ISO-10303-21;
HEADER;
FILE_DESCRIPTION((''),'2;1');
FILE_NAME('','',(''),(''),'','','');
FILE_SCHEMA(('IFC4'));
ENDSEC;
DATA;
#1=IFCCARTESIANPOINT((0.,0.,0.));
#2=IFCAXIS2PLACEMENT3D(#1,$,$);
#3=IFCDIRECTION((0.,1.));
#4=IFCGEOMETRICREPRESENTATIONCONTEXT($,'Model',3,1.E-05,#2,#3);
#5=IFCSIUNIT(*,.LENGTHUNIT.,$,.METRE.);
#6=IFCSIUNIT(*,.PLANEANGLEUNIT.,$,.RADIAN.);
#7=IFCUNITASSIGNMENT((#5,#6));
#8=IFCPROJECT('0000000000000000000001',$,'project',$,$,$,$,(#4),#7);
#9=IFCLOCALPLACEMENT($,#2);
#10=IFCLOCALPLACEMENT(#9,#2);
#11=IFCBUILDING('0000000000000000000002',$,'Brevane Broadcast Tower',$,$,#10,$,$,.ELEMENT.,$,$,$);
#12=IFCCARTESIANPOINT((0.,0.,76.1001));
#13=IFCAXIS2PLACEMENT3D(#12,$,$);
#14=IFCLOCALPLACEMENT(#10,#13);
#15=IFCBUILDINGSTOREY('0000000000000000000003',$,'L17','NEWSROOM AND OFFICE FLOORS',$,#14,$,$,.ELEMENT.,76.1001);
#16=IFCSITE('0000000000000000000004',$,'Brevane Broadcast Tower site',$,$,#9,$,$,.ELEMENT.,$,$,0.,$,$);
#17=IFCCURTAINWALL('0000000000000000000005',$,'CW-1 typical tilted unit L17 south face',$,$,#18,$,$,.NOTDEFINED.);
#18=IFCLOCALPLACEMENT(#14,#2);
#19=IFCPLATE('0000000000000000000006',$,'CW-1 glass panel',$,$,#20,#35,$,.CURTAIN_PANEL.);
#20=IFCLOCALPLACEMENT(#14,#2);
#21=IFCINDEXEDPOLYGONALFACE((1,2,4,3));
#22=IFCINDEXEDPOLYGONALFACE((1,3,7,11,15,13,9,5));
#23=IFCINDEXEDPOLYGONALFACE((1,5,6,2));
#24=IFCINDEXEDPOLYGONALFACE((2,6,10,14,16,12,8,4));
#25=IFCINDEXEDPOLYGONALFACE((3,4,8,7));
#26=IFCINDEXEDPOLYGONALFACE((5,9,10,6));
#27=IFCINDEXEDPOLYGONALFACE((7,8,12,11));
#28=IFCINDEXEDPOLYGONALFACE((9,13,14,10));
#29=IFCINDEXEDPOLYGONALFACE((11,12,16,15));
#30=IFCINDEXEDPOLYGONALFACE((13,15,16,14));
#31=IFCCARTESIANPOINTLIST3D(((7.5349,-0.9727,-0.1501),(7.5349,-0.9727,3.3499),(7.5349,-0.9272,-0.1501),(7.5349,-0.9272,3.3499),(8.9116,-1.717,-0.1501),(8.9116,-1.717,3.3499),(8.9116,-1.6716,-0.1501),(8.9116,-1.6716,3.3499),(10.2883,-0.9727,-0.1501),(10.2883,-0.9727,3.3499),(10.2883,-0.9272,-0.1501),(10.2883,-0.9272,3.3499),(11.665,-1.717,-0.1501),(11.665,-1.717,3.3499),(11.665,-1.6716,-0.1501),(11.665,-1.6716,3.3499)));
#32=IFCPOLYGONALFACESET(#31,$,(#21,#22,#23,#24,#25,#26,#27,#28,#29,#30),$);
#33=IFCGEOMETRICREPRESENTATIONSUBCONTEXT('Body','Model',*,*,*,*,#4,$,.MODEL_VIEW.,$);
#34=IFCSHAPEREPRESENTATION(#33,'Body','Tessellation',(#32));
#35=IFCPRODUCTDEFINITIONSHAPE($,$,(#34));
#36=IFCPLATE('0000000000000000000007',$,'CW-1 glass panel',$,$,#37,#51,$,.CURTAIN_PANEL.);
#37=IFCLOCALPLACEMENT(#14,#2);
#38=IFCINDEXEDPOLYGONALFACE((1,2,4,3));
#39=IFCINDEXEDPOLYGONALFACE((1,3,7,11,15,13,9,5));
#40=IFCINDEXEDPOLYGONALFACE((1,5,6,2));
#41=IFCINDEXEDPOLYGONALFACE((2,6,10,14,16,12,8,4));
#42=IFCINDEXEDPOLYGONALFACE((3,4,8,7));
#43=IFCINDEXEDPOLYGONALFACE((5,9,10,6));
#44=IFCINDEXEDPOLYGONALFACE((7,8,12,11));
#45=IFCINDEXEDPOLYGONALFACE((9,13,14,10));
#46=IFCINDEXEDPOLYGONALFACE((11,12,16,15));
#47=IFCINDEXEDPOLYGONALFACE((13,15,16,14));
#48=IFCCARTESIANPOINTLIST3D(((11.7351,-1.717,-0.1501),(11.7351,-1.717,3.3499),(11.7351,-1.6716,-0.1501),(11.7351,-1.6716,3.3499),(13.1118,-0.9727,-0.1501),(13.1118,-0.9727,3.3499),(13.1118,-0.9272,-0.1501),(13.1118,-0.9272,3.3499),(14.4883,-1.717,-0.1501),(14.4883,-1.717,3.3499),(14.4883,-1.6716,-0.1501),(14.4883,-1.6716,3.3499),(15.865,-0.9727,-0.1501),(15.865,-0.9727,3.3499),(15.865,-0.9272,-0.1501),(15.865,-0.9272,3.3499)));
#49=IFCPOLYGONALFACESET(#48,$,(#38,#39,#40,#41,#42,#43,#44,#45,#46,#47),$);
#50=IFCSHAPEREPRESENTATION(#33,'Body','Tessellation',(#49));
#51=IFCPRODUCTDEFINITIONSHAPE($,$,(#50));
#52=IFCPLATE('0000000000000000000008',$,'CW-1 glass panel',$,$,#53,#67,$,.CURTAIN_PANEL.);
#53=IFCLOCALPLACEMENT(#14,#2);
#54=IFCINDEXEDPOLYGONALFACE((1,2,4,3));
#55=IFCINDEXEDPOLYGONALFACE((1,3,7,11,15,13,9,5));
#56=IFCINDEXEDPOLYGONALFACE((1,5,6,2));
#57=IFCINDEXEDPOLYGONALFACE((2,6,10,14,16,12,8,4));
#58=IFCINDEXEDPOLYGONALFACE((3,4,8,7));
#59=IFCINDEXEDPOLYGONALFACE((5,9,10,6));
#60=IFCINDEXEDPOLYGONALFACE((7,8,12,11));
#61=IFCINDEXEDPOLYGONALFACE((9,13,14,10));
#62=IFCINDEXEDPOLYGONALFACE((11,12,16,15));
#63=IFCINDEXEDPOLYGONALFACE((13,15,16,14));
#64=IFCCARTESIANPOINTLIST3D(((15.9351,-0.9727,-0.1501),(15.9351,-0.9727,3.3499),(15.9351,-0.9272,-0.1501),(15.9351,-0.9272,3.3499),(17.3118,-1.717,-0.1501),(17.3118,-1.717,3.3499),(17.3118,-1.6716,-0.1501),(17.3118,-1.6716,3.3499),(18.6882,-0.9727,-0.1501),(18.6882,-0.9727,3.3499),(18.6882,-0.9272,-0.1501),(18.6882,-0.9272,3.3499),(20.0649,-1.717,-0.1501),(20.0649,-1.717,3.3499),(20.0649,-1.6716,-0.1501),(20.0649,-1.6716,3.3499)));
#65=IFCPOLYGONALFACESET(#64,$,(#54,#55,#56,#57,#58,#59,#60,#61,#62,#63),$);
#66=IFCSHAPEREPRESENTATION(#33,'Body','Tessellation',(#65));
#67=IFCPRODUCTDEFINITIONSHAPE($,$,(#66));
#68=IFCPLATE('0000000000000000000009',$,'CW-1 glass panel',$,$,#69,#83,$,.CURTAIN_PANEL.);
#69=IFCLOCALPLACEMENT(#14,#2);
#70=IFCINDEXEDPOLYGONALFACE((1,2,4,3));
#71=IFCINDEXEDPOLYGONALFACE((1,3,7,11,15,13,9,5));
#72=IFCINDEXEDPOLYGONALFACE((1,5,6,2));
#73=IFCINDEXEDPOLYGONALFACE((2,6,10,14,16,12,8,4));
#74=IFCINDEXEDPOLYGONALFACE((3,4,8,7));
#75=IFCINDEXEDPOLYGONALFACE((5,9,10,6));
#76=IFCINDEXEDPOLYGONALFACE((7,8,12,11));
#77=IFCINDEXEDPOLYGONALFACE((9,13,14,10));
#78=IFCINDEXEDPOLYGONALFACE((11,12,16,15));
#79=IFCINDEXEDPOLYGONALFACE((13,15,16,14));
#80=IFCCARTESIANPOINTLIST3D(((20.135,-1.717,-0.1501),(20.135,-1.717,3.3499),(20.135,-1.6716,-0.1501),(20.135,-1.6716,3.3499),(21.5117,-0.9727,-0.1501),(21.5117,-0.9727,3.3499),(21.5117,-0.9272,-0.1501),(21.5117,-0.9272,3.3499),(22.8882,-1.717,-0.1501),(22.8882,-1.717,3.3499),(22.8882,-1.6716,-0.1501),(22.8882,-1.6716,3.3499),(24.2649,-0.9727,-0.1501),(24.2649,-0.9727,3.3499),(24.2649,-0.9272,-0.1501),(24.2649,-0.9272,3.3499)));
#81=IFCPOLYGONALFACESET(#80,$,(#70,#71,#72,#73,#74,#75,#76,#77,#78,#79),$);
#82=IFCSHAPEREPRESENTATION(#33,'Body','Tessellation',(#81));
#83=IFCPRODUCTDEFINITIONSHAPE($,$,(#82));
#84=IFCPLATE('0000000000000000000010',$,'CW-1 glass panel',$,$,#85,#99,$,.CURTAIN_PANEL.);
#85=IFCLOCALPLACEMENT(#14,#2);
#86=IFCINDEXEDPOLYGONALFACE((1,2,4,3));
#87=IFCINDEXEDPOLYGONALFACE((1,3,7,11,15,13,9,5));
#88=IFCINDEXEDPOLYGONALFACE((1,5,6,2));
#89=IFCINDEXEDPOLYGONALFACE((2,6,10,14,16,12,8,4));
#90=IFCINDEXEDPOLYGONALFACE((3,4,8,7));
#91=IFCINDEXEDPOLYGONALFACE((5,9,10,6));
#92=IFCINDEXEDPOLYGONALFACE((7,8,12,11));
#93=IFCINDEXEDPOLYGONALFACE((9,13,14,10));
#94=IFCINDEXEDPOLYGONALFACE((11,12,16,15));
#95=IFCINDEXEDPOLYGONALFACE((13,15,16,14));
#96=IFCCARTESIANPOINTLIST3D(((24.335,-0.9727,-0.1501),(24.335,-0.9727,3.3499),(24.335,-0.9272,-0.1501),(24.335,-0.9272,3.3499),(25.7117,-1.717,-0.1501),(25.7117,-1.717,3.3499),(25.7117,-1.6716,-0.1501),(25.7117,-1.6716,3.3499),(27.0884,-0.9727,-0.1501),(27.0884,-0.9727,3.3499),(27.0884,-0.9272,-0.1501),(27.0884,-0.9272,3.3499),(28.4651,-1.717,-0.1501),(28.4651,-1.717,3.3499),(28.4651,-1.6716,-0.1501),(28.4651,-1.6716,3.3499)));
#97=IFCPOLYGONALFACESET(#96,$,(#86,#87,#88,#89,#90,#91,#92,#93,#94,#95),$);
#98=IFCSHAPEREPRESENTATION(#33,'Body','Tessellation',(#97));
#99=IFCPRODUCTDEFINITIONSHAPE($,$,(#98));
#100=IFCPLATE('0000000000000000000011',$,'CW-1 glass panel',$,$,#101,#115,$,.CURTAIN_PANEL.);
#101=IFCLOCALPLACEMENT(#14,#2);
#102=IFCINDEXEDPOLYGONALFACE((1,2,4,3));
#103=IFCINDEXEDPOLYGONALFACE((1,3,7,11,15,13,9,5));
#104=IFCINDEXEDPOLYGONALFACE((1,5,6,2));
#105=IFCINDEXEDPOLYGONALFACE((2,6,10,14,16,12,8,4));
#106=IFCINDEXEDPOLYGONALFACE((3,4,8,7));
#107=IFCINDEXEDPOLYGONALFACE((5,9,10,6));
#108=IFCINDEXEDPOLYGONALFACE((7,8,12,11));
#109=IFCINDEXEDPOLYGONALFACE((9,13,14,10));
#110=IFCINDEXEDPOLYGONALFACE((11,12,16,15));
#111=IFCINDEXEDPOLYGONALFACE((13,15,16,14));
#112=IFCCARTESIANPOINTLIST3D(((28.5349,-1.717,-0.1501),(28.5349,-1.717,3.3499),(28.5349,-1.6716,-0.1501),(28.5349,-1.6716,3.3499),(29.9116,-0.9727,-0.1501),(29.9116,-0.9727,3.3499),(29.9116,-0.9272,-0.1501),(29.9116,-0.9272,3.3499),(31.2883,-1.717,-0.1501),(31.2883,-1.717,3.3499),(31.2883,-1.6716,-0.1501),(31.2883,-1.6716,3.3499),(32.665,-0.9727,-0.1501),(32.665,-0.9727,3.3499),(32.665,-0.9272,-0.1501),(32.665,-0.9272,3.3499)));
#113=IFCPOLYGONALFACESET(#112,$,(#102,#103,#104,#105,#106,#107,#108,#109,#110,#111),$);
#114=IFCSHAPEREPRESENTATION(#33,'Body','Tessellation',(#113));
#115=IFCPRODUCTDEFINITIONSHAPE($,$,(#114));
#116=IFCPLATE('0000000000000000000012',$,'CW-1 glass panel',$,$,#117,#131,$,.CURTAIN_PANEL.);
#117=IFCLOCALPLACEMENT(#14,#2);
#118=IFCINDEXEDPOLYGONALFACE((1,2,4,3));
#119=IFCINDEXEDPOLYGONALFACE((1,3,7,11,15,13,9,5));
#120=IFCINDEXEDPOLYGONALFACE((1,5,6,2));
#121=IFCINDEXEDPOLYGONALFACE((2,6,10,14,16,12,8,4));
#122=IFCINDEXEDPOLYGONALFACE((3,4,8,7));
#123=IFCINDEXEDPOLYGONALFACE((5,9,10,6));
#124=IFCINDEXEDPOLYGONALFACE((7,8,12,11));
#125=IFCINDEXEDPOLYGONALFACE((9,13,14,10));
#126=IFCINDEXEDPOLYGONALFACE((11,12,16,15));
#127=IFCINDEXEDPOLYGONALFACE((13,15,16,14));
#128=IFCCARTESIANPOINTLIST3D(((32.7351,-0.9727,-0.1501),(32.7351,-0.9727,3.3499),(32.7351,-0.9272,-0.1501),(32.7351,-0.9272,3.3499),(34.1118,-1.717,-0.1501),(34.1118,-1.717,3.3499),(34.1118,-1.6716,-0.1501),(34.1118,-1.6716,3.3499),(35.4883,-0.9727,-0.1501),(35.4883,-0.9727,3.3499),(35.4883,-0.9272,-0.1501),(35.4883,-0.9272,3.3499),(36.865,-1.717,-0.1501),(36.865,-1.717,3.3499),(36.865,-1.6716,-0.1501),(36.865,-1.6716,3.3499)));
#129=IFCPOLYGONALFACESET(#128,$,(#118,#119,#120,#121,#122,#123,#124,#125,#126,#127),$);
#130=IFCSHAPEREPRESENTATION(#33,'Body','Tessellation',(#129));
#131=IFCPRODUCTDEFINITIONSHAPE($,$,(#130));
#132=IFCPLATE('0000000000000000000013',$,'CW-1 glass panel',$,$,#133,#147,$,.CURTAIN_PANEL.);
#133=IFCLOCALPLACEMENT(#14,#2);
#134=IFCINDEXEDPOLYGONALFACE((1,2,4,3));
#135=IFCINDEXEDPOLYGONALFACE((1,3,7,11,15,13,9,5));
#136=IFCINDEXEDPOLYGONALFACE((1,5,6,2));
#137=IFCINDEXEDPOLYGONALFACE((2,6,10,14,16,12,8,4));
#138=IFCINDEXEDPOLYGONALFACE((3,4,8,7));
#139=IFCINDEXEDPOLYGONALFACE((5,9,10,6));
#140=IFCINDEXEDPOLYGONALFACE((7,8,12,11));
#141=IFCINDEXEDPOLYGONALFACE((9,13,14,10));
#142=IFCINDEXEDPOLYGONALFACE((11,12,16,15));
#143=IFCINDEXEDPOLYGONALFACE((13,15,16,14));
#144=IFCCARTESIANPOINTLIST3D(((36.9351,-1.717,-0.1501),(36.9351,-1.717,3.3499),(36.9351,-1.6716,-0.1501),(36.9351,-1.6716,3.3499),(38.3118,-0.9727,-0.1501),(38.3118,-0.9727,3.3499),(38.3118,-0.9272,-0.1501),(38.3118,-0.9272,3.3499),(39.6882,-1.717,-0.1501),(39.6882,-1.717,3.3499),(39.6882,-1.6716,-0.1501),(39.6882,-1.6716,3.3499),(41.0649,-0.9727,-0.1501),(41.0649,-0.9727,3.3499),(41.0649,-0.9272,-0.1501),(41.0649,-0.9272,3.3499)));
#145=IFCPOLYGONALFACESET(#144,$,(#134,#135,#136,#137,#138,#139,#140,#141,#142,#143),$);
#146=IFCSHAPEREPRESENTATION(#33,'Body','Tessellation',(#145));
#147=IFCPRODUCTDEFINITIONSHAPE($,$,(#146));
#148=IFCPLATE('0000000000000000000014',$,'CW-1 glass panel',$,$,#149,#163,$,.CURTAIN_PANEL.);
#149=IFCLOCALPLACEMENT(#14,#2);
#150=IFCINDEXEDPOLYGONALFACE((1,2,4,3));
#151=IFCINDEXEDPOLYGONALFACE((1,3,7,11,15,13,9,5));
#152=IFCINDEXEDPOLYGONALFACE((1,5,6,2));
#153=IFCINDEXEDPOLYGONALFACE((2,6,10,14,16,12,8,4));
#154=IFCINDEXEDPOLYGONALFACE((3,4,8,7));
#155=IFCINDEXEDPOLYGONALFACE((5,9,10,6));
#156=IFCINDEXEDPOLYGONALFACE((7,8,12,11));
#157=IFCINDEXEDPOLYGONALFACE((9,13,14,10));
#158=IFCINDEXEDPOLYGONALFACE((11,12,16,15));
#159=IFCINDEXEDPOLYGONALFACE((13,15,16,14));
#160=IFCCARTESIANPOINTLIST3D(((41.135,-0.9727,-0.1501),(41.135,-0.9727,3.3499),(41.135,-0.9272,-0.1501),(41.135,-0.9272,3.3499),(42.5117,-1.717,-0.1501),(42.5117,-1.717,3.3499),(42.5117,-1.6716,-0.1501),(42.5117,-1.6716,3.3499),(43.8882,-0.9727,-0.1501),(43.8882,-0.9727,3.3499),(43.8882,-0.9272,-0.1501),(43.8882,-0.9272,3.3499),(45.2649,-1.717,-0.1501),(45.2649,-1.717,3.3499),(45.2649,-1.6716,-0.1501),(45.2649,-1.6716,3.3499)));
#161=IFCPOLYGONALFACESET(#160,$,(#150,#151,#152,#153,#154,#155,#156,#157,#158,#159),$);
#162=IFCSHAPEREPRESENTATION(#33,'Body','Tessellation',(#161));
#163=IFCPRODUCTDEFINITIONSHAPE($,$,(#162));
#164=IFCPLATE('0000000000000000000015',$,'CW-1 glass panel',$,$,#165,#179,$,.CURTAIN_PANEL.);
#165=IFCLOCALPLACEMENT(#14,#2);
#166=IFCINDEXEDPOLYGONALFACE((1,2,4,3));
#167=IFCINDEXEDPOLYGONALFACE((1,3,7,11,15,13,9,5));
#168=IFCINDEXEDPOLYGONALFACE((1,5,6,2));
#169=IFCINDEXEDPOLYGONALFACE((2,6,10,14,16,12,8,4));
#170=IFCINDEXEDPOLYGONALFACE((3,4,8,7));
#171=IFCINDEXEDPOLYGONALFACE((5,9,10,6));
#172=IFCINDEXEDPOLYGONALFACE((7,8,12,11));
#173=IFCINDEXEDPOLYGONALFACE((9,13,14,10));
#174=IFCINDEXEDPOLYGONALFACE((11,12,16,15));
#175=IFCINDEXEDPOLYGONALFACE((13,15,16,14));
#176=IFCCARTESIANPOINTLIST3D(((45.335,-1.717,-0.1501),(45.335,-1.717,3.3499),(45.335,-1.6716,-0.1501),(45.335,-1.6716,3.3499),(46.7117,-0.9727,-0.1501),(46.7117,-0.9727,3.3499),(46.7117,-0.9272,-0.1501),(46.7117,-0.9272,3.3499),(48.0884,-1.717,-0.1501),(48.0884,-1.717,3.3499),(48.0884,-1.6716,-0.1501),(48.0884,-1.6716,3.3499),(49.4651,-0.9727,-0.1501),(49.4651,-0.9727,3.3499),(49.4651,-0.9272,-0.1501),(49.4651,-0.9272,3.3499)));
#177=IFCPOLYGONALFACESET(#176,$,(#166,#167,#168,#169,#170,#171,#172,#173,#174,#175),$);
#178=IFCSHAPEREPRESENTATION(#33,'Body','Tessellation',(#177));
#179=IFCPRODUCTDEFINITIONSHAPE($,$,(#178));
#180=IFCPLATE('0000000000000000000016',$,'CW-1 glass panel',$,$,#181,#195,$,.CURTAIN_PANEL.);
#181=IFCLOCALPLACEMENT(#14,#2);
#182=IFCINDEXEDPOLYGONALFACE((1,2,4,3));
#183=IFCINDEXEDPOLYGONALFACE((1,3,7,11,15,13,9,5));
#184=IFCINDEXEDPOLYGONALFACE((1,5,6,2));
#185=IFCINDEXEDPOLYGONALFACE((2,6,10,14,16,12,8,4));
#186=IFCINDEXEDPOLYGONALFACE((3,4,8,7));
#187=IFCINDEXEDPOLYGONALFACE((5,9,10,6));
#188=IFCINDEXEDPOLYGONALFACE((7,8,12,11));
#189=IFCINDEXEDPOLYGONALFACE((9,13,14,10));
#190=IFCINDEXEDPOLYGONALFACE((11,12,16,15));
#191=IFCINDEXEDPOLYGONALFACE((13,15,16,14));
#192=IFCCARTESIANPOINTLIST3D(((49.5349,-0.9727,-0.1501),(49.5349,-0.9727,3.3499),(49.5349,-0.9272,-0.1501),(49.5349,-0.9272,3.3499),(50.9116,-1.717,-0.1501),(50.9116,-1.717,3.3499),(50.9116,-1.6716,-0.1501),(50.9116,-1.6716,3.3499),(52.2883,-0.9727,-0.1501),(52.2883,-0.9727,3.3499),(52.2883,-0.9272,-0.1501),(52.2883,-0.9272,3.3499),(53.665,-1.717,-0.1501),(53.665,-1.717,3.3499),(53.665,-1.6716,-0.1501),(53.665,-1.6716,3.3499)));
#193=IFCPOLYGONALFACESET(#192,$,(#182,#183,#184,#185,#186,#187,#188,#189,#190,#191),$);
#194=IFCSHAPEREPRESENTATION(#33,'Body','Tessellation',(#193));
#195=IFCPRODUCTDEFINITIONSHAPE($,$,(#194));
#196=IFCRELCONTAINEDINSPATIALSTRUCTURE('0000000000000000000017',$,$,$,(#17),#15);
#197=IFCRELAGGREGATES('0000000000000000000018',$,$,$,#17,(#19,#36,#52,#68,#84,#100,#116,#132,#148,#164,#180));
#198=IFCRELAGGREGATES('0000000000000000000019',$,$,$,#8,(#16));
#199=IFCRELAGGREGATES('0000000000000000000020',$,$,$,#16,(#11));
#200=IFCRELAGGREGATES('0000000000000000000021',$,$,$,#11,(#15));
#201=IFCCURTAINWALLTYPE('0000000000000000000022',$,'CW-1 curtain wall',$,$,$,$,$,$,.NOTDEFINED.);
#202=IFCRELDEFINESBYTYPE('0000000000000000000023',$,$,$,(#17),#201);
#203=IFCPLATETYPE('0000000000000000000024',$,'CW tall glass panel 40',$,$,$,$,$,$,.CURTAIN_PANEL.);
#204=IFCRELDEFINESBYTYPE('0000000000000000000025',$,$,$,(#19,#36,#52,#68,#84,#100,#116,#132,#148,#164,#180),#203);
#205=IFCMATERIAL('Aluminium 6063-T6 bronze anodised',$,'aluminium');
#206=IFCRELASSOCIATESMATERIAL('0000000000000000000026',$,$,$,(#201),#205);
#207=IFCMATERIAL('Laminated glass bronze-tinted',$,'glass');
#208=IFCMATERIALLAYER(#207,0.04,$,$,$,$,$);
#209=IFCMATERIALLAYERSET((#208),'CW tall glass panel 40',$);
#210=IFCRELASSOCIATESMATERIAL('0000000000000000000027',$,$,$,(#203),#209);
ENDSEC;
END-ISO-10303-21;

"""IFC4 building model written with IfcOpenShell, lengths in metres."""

from ifc_helpers import new_model, si_unit, direction, frame, origin, place, context, subcontext, project, spatial, polyline, outline, extrude, material, layer, layer_set, type_object, element, aggregate, save


model = new_model("IFC4")

# Units and contexts
model_context = context("Model", 3, precision=1e-05, world=origin(), true_north=direction((0.0, 1.0)))
body_context = subcontext(model_context, "Body", "Model", "MODEL_VIEW")
ifc_project = project(units=[si_unit("LENGTHUNIT", "METRE"), si_unit("PLANEANGLEUNIT", "RADIAN")], contexts=[model_context])

# Site, building, storey
site_placement = place(None, origin())
site = spatial("IfcSite", under=ifc_project, at=site_placement, Name="Brevane Broadcast Tower site", CompositionType="ELEMENT", RefElevation=0.0)
building_placement = place(site_placement, origin())
building = spatial("IfcBuilding", under=site, at=building_placement, Name="Brevane Broadcast Tower", CompositionType="ELEMENT")
storey_placement = place(building_placement, frame((0.0, 0.0, 76.1001)))
storey = spatial("IfcBuildingStorey", under=building, at=storey_placement, Name="L17", Description="NEWSROOM AND OFFICE FLOORS", CompositionType="ELEMENT", Elevation=76.1001)

# Curtain wall, plates
ifc_material_1 = material(Name="Aluminium 6063-T6 bronze anodised", Category="aluminium")
curtain_wall_type = type_object("IfcCurtainWallType", Name="CW-1 curtain wall", PredefinedType="NOTDEFINED", material=ifc_material_1)
curtain_wall_1_placement = place(storey_placement, origin())
curtain_wall_1 = element("IfcCurtainWall", 1, at=curtain_wall_1_placement, inside=storey, type_object=curtain_wall_type, Name="CW-1 typical tilted unit L17 south face", PredefinedType="NOTDEFINED")
ifc_material_2 = material(Name="Laminated glass bronze-tinted", Category="glass")
ifc_layer = layer(ifc_material_2, 0.04)
ifc_layer_set = layer_set([ifc_layer], Name="CW tall glass panel 40")
plate_type = type_object("IfcPlateType", Name="CW tall glass panel 40", PredefinedType="CURTAIN_PANEL", material=ifc_layer_set)
plate_1_placement = place(storey_placement, frame((0.0, 0.0, -0.1501)))
plate_1 = element("IfcPlate", 2, at=plate_1_placement, type_object=plate_type, Name="CW-1 glass panel", PredefinedType="CURTAIN_PANEL", context=body_context, shape_type="SweptSolid", body=[
    extrude(outline(polyline([(7.5349, -0.9272), (7.5349, -0.9727), (8.9116, -1.717), (10.2883, -0.9727), (11.665, -1.717), (11.665, -1.6716), (10.2883, -0.9272), (8.9116, -1.6716), (7.5349, -0.9272)])), origin(), (0.0, 0.0, 1.0), 3.5),
])
plate_2_placement = place(storey_placement, frame((0.0, 0.0, -0.1501)))
plate_2 = element("IfcPlate", 3, at=plate_2_placement, type_object=plate_type, Name="CW-1 glass panel", PredefinedType="CURTAIN_PANEL", context=body_context, shape_type="SweptSolid", body=[
    extrude(outline(polyline([(11.7351, -1.6716), (11.7351, -1.717), (13.1118, -0.9727), (14.4883, -1.717), (15.865, -0.9727), (15.865, -0.9272), (14.4883, -1.6716), (13.1118, -0.9272), (11.7351, -1.6716)])), origin(), (0.0, 0.0, 1.0), 3.5),
])
plate_3_placement = place(storey_placement, frame((0.0, 0.0, -0.1501)))
plate_3 = element("IfcPlate", 4, at=plate_3_placement, type_object=plate_type, Name="CW-1 glass panel", PredefinedType="CURTAIN_PANEL", context=body_context, shape_type="SweptSolid", body=[
    extrude(outline(polyline([(15.9351, -0.9272), (15.9351, -0.9727), (17.3118, -1.717), (18.6882, -0.9727), (20.0649, -1.717), (20.0649, -1.6716), (18.6882, -0.9272), (17.3118, -1.6716), (15.9351, -0.9272)])), origin(), (0.0, 0.0, 1.0), 3.5),
])
plate_4_placement = place(storey_placement, frame((0.0, 0.0, -0.1501)))
plate_4 = element("IfcPlate", 5, at=plate_4_placement, type_object=plate_type, Name="CW-1 glass panel", PredefinedType="CURTAIN_PANEL", context=body_context, shape_type="SweptSolid", body=[
    extrude(outline(polyline([(20.135, -1.6716), (20.135, -1.717), (21.5117, -0.9727), (22.8882, -1.717), (24.2649, -0.9727), (24.2649, -0.9272), (22.8882, -1.6716), (21.5117, -0.9272), (20.135, -1.6716)])), origin(), (0.0, 0.0, 1.0), 3.5),
])
plate_5_placement = place(storey_placement, frame((0.0, 0.0, -0.1501)))
plate_5 = element("IfcPlate", 6, at=plate_5_placement, type_object=plate_type, Name="CW-1 glass panel", PredefinedType="CURTAIN_PANEL", context=body_context, shape_type="SweptSolid", body=[
    extrude(outline(polyline([(24.335, -0.9272), (24.335, -0.9727), (25.7117, -1.717), (27.0884, -0.9727), (28.4651, -1.717), (28.4651, -1.6716), (27.0884, -0.9272), (25.7117, -1.6716), (24.335, -0.9272)])), origin(), (0.0, 0.0, 1.0), 3.5),
])
plate_6_placement = place(storey_placement, frame((0.0, 0.0, -0.1501)))
plate_6 = element("IfcPlate", 7, at=plate_6_placement, type_object=plate_type, Name="CW-1 glass panel", PredefinedType="CURTAIN_PANEL", context=body_context, shape_type="SweptSolid", body=[
    extrude(outline(polyline([(28.5349, -1.6716), (28.5349, -1.717), (29.9116, -0.9727), (31.2883, -1.717), (32.665, -0.9727), (32.665, -0.9272), (31.2883, -1.6716), (29.9116, -0.9272), (28.5349, -1.6716)])), origin(), (0.0, 0.0, 1.0), 3.5),
])
plate_7_placement = place(storey_placement, frame((0.0, 0.0, -0.1501)))
plate_7 = element("IfcPlate", 8, at=plate_7_placement, type_object=plate_type, Name="CW-1 glass panel", PredefinedType="CURTAIN_PANEL", context=body_context, shape_type="SweptSolid", body=[
    extrude(outline(polyline([(32.7351, -0.9272), (32.7351, -0.9727), (34.1118, -1.717), (35.4883, -0.9727), (36.865, -1.717), (36.865, -1.6716), (35.4883, -0.9272), (34.1118, -1.6716), (32.7351, -0.9272)])), origin(), (0.0, 0.0, 1.0), 3.5),
])
plate_8_placement = place(storey_placement, frame((0.0, 0.0, -0.1501)))
plate_8 = element("IfcPlate", 9, at=plate_8_placement, type_object=plate_type, Name="CW-1 glass panel", PredefinedType="CURTAIN_PANEL", context=body_context, shape_type="SweptSolid", body=[
    extrude(outline(polyline([(36.9351, -1.6716), (36.9351, -1.717), (38.3118, -0.9727), (39.6882, -1.717), (41.0649, -0.9727), (41.0649, -0.9272), (39.6882, -1.6716), (38.3118, -0.9272), (36.9351, -1.6716)])), origin(), (0.0, 0.0, 1.0), 3.5),
])
plate_9_placement = place(storey_placement, frame((0.0, 0.0, -0.1501)))
plate_9 = element("IfcPlate", 10, at=plate_9_placement, type_object=plate_type, Name="CW-1 glass panel", PredefinedType="CURTAIN_PANEL", context=body_context, shape_type="SweptSolid", body=[
    extrude(outline(polyline([(41.135, -0.9272), (41.135, -0.9727), (42.5117, -1.717), (43.8882, -0.9727), (45.2649, -1.717), (45.2649, -1.6716), (43.8882, -0.9272), (42.5117, -1.6716), (41.135, -0.9272)])), origin(), (0.0, 0.0, 1.0), 3.5),
])
plate_10_placement = place(storey_placement, frame((0.0, 0.0, -0.1501)))
plate_10 = element("IfcPlate", 11, at=plate_10_placement, type_object=plate_type, Name="CW-1 glass panel", PredefinedType="CURTAIN_PANEL", context=body_context, shape_type="SweptSolid", body=[
    extrude(outline(polyline([(45.335, -1.6716), (45.335, -1.717), (46.7117, -0.9727), (48.0884, -1.717), (49.4651, -0.9727), (49.4651, -0.9272), (48.0884, -1.6716), (46.7117, -0.9272), (45.335, -1.6716)])), origin(), (0.0, 0.0, 1.0), 3.5),
])
plate_11_placement = place(storey_placement, frame((0.0, 0.0, -0.1501)))
plate_11 = element("IfcPlate", 12, at=plate_11_placement, type_object=plate_type, Name="CW-1 glass panel", PredefinedType="CURTAIN_PANEL", context=body_context, shape_type="SweptSolid", body=[
    extrude(outline(polyline([(49.5349, -0.9272), (49.5349, -0.9727), (50.9116, -1.717), (52.2883, -0.9727), (53.665, -1.717), (53.665, -1.6716), (52.2883, -0.9272), (50.9116, -1.6716), (49.5349, -0.9272)])), origin(), (0.0, 0.0, 1.0), 3.5),
])
aggregate(curtain_wall_1, [plate_1, plate_2, plate_3, plate_4, plate_5, plate_6, plate_7, plate_8, plate_9, plate_10, plate_11])

save(model, "model.ifc")
